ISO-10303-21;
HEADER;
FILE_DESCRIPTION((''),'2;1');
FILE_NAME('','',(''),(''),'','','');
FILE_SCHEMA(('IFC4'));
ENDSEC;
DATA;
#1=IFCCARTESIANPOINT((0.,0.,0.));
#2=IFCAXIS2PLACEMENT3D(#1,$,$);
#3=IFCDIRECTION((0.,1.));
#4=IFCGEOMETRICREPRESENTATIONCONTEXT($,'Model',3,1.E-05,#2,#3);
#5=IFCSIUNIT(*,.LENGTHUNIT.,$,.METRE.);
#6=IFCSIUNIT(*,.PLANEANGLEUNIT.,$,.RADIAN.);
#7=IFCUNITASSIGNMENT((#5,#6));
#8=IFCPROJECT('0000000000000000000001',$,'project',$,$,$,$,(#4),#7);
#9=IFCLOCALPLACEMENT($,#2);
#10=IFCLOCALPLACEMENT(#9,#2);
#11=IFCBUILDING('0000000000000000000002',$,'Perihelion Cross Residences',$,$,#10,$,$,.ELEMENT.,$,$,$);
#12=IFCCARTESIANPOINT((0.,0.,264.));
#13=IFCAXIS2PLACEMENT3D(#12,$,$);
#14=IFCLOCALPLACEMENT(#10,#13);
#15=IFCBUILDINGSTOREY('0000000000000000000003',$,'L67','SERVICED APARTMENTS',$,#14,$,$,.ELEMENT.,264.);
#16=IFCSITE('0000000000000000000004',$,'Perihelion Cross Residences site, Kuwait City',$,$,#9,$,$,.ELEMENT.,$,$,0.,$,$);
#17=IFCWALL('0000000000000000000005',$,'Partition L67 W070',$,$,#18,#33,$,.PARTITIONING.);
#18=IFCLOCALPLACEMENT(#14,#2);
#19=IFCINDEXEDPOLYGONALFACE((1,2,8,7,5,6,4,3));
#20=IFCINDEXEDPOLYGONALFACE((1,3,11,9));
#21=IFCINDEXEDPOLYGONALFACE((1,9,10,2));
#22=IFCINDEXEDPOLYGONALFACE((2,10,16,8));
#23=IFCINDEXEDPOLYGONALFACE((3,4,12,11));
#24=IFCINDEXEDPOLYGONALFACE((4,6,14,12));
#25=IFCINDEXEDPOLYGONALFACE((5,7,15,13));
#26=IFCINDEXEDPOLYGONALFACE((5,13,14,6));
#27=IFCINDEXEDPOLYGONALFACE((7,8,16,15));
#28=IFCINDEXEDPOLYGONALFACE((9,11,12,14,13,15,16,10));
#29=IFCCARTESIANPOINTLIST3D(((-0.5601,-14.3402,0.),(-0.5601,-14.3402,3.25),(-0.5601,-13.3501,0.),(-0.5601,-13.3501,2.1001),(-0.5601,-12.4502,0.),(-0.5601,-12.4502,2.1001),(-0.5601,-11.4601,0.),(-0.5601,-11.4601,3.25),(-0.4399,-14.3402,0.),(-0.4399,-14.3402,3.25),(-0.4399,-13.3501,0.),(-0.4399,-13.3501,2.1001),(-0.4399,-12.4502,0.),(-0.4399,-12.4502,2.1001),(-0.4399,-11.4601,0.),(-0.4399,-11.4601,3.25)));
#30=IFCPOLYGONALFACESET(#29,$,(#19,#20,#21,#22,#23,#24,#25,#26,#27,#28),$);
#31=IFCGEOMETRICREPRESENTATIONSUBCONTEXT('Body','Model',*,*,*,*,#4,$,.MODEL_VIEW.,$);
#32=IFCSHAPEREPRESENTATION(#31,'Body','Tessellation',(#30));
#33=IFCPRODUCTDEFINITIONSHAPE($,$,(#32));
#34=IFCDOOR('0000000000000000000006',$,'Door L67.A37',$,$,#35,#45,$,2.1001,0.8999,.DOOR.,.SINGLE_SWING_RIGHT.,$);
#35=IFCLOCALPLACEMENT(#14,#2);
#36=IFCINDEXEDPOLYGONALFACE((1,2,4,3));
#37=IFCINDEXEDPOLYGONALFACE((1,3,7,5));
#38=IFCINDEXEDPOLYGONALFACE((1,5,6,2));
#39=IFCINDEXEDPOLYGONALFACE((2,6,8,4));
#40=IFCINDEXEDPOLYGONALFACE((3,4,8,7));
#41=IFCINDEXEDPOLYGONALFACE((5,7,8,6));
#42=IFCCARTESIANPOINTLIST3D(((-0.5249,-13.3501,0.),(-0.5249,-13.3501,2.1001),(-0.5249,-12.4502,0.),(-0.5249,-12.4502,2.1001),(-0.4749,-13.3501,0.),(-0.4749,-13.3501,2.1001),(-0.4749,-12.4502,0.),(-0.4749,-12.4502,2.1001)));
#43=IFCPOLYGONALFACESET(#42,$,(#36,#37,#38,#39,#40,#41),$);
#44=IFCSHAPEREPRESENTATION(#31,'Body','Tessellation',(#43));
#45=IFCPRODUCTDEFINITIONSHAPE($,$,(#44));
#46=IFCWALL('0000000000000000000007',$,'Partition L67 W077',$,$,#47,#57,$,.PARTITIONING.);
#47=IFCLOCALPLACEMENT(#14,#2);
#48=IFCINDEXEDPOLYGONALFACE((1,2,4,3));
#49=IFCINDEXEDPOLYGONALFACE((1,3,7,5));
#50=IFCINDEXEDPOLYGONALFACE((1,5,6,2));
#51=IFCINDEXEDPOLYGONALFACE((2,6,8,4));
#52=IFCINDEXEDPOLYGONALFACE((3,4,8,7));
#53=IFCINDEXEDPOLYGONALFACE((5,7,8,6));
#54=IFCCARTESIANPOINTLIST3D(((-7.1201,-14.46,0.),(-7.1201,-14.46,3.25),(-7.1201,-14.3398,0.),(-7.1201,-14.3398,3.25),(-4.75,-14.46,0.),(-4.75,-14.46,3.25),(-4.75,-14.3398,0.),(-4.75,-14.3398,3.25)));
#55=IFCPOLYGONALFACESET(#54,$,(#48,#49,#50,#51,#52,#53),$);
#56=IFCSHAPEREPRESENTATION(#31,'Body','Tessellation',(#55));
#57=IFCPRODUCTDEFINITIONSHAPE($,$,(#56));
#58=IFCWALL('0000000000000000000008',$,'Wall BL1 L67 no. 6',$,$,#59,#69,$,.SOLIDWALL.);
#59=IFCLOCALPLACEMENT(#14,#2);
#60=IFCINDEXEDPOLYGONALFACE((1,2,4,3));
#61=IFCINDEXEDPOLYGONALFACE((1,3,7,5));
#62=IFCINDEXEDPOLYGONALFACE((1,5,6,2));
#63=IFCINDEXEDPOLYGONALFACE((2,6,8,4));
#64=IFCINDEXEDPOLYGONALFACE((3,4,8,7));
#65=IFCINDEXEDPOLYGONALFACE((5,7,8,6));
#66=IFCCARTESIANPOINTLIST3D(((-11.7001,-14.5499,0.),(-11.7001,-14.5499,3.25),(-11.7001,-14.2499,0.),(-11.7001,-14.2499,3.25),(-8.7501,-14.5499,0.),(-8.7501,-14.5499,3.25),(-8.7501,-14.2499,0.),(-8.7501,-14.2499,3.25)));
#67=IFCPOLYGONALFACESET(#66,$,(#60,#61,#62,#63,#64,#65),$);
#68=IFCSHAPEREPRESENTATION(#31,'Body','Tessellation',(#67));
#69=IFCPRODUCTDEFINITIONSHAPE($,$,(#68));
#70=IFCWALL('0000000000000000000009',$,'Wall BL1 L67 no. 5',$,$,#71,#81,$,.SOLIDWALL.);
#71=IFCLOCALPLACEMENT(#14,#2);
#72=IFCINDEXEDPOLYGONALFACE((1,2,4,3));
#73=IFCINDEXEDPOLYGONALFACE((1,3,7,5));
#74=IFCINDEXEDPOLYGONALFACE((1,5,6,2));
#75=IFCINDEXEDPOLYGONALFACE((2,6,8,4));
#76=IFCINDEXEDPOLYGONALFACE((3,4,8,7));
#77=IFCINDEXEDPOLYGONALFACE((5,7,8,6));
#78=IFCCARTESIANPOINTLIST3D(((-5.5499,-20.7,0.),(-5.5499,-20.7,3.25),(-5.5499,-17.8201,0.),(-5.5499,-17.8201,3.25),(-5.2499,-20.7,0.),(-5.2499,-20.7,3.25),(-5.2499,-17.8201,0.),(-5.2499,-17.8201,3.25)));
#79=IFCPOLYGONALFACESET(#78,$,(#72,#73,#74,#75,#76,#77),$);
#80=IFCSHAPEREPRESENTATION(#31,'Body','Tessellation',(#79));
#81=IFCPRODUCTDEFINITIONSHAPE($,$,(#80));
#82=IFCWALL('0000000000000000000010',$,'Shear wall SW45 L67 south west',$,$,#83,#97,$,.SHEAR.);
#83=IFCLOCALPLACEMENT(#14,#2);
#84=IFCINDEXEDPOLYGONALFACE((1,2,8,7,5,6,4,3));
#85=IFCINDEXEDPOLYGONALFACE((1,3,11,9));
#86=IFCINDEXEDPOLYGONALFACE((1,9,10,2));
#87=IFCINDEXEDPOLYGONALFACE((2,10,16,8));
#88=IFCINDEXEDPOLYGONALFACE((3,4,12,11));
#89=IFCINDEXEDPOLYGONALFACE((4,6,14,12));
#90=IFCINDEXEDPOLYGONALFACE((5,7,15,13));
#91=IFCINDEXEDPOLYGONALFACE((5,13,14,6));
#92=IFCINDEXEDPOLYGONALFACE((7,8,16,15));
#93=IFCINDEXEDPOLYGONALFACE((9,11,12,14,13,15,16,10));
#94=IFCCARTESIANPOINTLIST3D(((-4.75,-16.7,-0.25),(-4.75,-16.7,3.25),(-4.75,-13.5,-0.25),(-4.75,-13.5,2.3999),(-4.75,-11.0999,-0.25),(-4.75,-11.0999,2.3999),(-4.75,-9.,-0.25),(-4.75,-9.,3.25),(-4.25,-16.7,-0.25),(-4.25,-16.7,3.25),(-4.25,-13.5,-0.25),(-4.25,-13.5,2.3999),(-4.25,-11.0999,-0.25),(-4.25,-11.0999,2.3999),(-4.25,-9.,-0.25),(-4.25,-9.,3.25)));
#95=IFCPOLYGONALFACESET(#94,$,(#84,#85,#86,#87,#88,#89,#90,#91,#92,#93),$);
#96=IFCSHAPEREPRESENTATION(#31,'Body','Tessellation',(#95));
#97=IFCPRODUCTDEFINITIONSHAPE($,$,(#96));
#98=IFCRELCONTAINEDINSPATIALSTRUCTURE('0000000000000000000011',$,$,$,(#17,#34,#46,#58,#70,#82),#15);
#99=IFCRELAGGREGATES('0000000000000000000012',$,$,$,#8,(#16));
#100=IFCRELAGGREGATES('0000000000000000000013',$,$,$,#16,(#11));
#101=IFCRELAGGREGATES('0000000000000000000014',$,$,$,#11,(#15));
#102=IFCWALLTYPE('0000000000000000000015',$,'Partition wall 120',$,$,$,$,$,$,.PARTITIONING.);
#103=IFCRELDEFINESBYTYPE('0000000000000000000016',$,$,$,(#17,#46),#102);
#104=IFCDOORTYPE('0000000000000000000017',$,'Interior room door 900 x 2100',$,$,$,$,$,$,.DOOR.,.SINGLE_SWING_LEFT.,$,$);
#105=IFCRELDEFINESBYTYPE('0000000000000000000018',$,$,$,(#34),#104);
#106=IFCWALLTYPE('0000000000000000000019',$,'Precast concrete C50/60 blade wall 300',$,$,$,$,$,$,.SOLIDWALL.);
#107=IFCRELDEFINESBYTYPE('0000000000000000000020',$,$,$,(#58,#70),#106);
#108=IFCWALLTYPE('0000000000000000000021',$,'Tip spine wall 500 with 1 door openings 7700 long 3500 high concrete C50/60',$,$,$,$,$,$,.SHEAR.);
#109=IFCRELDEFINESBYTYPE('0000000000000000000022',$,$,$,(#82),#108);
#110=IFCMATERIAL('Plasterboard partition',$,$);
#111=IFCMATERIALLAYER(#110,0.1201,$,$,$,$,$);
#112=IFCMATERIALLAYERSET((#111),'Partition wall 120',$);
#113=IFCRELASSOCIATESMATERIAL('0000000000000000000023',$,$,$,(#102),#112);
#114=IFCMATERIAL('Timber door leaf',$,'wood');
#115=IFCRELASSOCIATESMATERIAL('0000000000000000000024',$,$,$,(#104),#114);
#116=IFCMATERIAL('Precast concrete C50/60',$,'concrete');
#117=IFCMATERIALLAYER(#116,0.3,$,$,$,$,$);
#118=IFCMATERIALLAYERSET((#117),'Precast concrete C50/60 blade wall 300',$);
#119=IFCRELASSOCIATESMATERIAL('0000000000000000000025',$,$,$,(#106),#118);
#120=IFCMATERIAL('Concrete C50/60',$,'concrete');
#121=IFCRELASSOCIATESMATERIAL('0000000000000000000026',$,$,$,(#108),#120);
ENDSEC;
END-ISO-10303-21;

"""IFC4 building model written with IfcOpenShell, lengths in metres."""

from ifc_helpers import new_model, si_unit, direction, frame, frame_2d, origin, place, context, subcontext, project, spatial, polyline, rectangle, outline, extrude, material, layer, layer_set, material_profile, profile_set, type_object, element, fill, save


model = new_model("IFC4")

# Units and contexts
model_context = context("Model", 3, precision=1e-05, world=origin(), true_north=direction((0.0, 1.0)))
body_context = subcontext(model_context, "Body", "Model", "MODEL_VIEW")
ifc_project = project(units=[si_unit("LENGTHUNIT", "METRE"), si_unit("PLANEANGLEUNIT", "RADIAN")], contexts=[model_context])

# Site, building, storey
site_placement = place(None, origin())
site = spatial("IfcSite", under=ifc_project, at=site_placement, Name="Perihelion Cross Residences site, Kuwait City", CompositionType="ELEMENT", RefElevation=0.0)
building_placement = place(site_placement, origin())
building = spatial("IfcBuilding", under=site, at=building_placement, Name="Perihelion Cross Residences", CompositionType="ELEMENT")
storey_placement = place(building_placement, frame((0.0, 0.0, 264.0)))
storey = spatial("IfcBuildingStorey", under=building, at=storey_placement, Name="L67", Description="SERVICED APARTMENTS", CompositionType="ELEMENT", Elevation=264.0)

# Wall, opening, door
ifc_material_1 = material(Name="Plasterboard partition")
ifc_layer_1 = layer(ifc_material_1, 0.1201)
ifc_layer_set_1 = layer_set([ifc_layer_1], Name="Partition wall 120")
wall_type_1 = type_object("IfcWallType", Name="Partition wall 120", PredefinedType="PARTITIONING", material=ifc_layer_set_1)
wall_1_placement = place(storey_placement, frame((-0.5, -14.3401, 0.0), z_axis=(0.0, 0.0, 1.0), x_axis=(0.0, 1.0, 0.0)))
wall_1 = element("IfcWall", 1, at=wall_1_placement, inside=storey, type_object=wall_type_1, Name="Partition L67 W070", PredefinedType="PARTITIONING", context=body_context, shape_type="SweptSolid", body=[
    extrude(rectangle(XDim=2.8801, YDim=0.1201, at=frame_2d((1.4399, 0.0))), origin(), (0.0, 0.0, 1.0), 3.25),
])
opening_1_placement = place(wall_1_placement, frame((0.99, 0.0, 0.0)))
opening_1 = element("IfcOpeningElement", 2, at=opening_1_placement, cuts=wall_1, PredefinedType="OPENING", context=body_context, shape_type="SweptSolid", body=[
    extrude(rectangle(XDim=0.8999, YDim=2.1001, at=frame_2d((0.45, 1.05))), frame((0.0, 0.0701, 0.0), z_axis=(0.0, -1.0, 0.0), x_axis=(1.0, 0.0, 0.0)), (0.0, 0.0, 1.0), 0.1401),
])
ifc_material_2 = material(Name="Timber door leaf", Category="wood")
door_type_1 = type_object("IfcDoorType", Name="Interior room door 900 x 2100", OperationType="SINGLE_SWING_LEFT", PredefinedType="DOOR", material=ifc_material_2)
door_1_placement = place(opening_1_placement, origin())
door_1 = element("IfcDoor", 3, at=door_1_placement, inside=storey, type_object=door_type_1, Name="Door L67.A37", OperationType="SINGLE_SWING_RIGHT", OverallHeight=2.1001, OverallWidth=0.8999, PredefinedType="DOOR", context=body_context, shape_type="SweptSolid", body=[
    extrude(rectangle(XDim=0.8999, YDim=2.1001, at=frame_2d((0.45, 1.05))), frame((0.0, 0.0249, 0.0), z_axis=(0.0, -1.0, 0.0), x_axis=(1.0, 0.0, 0.0)), (0.0, 0.0, 1.0), 0.05),
])
fill(opening_1, door_1)

# Walls
wall_2_placement = place(storey_placement, frame((-4.75, -14.3999, 0.0), z_axis=(0.0, 0.0, 1.0), x_axis=(-1.0, 0.0, 0.0)))
element("IfcWall", 4, at=wall_2_placement, inside=storey, type_object=wall_type_1, Name="Partition L67 W077", PredefinedType="PARTITIONING", context=body_context, shape_type="SweptSolid", body=[
    extrude(rectangle(XDim=2.3701, YDim=0.1201, at=frame_2d((1.1851, 0.0))), origin(), (0.0, 0.0, 1.0), 3.25),
])
ifc_material_3 = material(Name="Precast concrete C50/60", Category="concrete")
ifc_layer_2 = layer(ifc_material_3, 0.3)
ifc_layer_set_2 = layer_set([ifc_layer_2], Name="Precast concrete C50/60 blade wall 300")
wall_type_2 = type_object("IfcWallType", Name="Precast concrete C50/60 blade wall 300", PredefinedType="SOLIDWALL", material=ifc_layer_set_2)
wall_3_placement = place(storey_placement, frame((-8.75, -14.3999, 0.0), z_axis=(0.0, 0.0, 1.0), x_axis=(-1.0, 0.0, 0.0)))
element("IfcWall", 5, at=wall_3_placement, inside=storey, type_object=wall_type_2, Name="Wall BL1 L67 no. 6", PredefinedType="SOLIDWALL", context=body_context, shape_type="SweptSolid", body=[
    extrude(rectangle(XDim=2.95, YDim=0.3, at=frame_2d((1.4751, 0.0))), origin(), (0.0, 0.0, 1.0), 3.25),
])
wall_4_placement = place(storey_placement, frame((-5.3999, -17.8201, 0.0), z_axis=(0.0, 0.0, 1.0), x_axis=(0.0, -1.0, 0.0)))
element("IfcWall", 6, at=wall_4_placement, inside=storey, type_object=wall_type_2, Name="Wall BL1 L67 no. 5", PredefinedType="SOLIDWALL", context=body_context, shape_type="SweptSolid", body=[
    extrude(rectangle(XDim=2.8799, YDim=0.3, at=frame_2d((1.4399, 0.0))), origin(), (0.0, 0.0, 1.0), 3.25),
])
ifc_material_4 = material(Name="Concrete C50/60", Category="concrete")
ifc_material_profile_1 = material_profile(ifc_material_4, outline(polyline([(0.0, 0.0), (3.2, 0.0), (3.2, 2.6499), (5.6001, 2.6499), (5.6001, 0.0), (7.7, 0.0), (7.7, 3.5), (0.0, 3.5), (0.0, 0.0)])), Name="Tip spine wall")
ifc_profile_set_1 = profile_set([ifc_material_profile_1], Name="Concrete C50/60")
wall_type_3 = type_object("IfcWallType", Name="Tip spine wall 500 with 1 door openings 7700 long 3500 high concrete C50/60", PredefinedType="SHEAR", material=ifc_profile_set_1)
wall_5_placement = place(storey_placement, frame((-4.75, -16.7, -0.25), z_axis=(1.0, 0.0, 0.0), x_axis=(0.0, 1.0, 0.0)))
element("IfcWall", 7, at=wall_5_placement, inside=storey, type_object=wall_type_3, Name="Shear wall SW45 L67 south west", PredefinedType="SHEAR", context=body_context, shape_type="SweptSolid", body=[
    extrude(outline(polyline([(0.0, 0.0), (3.2, 0.0), (3.2, 2.6499), (5.6001, 2.6499), (5.6001, 0.0), (7.7, 0.0), (7.7, 3.5), (0.0, 3.5), (0.0, 0.0)])), origin(), (0.0, 0.0, 1.0), 0.5),
])

save(model, "model.ifc")
